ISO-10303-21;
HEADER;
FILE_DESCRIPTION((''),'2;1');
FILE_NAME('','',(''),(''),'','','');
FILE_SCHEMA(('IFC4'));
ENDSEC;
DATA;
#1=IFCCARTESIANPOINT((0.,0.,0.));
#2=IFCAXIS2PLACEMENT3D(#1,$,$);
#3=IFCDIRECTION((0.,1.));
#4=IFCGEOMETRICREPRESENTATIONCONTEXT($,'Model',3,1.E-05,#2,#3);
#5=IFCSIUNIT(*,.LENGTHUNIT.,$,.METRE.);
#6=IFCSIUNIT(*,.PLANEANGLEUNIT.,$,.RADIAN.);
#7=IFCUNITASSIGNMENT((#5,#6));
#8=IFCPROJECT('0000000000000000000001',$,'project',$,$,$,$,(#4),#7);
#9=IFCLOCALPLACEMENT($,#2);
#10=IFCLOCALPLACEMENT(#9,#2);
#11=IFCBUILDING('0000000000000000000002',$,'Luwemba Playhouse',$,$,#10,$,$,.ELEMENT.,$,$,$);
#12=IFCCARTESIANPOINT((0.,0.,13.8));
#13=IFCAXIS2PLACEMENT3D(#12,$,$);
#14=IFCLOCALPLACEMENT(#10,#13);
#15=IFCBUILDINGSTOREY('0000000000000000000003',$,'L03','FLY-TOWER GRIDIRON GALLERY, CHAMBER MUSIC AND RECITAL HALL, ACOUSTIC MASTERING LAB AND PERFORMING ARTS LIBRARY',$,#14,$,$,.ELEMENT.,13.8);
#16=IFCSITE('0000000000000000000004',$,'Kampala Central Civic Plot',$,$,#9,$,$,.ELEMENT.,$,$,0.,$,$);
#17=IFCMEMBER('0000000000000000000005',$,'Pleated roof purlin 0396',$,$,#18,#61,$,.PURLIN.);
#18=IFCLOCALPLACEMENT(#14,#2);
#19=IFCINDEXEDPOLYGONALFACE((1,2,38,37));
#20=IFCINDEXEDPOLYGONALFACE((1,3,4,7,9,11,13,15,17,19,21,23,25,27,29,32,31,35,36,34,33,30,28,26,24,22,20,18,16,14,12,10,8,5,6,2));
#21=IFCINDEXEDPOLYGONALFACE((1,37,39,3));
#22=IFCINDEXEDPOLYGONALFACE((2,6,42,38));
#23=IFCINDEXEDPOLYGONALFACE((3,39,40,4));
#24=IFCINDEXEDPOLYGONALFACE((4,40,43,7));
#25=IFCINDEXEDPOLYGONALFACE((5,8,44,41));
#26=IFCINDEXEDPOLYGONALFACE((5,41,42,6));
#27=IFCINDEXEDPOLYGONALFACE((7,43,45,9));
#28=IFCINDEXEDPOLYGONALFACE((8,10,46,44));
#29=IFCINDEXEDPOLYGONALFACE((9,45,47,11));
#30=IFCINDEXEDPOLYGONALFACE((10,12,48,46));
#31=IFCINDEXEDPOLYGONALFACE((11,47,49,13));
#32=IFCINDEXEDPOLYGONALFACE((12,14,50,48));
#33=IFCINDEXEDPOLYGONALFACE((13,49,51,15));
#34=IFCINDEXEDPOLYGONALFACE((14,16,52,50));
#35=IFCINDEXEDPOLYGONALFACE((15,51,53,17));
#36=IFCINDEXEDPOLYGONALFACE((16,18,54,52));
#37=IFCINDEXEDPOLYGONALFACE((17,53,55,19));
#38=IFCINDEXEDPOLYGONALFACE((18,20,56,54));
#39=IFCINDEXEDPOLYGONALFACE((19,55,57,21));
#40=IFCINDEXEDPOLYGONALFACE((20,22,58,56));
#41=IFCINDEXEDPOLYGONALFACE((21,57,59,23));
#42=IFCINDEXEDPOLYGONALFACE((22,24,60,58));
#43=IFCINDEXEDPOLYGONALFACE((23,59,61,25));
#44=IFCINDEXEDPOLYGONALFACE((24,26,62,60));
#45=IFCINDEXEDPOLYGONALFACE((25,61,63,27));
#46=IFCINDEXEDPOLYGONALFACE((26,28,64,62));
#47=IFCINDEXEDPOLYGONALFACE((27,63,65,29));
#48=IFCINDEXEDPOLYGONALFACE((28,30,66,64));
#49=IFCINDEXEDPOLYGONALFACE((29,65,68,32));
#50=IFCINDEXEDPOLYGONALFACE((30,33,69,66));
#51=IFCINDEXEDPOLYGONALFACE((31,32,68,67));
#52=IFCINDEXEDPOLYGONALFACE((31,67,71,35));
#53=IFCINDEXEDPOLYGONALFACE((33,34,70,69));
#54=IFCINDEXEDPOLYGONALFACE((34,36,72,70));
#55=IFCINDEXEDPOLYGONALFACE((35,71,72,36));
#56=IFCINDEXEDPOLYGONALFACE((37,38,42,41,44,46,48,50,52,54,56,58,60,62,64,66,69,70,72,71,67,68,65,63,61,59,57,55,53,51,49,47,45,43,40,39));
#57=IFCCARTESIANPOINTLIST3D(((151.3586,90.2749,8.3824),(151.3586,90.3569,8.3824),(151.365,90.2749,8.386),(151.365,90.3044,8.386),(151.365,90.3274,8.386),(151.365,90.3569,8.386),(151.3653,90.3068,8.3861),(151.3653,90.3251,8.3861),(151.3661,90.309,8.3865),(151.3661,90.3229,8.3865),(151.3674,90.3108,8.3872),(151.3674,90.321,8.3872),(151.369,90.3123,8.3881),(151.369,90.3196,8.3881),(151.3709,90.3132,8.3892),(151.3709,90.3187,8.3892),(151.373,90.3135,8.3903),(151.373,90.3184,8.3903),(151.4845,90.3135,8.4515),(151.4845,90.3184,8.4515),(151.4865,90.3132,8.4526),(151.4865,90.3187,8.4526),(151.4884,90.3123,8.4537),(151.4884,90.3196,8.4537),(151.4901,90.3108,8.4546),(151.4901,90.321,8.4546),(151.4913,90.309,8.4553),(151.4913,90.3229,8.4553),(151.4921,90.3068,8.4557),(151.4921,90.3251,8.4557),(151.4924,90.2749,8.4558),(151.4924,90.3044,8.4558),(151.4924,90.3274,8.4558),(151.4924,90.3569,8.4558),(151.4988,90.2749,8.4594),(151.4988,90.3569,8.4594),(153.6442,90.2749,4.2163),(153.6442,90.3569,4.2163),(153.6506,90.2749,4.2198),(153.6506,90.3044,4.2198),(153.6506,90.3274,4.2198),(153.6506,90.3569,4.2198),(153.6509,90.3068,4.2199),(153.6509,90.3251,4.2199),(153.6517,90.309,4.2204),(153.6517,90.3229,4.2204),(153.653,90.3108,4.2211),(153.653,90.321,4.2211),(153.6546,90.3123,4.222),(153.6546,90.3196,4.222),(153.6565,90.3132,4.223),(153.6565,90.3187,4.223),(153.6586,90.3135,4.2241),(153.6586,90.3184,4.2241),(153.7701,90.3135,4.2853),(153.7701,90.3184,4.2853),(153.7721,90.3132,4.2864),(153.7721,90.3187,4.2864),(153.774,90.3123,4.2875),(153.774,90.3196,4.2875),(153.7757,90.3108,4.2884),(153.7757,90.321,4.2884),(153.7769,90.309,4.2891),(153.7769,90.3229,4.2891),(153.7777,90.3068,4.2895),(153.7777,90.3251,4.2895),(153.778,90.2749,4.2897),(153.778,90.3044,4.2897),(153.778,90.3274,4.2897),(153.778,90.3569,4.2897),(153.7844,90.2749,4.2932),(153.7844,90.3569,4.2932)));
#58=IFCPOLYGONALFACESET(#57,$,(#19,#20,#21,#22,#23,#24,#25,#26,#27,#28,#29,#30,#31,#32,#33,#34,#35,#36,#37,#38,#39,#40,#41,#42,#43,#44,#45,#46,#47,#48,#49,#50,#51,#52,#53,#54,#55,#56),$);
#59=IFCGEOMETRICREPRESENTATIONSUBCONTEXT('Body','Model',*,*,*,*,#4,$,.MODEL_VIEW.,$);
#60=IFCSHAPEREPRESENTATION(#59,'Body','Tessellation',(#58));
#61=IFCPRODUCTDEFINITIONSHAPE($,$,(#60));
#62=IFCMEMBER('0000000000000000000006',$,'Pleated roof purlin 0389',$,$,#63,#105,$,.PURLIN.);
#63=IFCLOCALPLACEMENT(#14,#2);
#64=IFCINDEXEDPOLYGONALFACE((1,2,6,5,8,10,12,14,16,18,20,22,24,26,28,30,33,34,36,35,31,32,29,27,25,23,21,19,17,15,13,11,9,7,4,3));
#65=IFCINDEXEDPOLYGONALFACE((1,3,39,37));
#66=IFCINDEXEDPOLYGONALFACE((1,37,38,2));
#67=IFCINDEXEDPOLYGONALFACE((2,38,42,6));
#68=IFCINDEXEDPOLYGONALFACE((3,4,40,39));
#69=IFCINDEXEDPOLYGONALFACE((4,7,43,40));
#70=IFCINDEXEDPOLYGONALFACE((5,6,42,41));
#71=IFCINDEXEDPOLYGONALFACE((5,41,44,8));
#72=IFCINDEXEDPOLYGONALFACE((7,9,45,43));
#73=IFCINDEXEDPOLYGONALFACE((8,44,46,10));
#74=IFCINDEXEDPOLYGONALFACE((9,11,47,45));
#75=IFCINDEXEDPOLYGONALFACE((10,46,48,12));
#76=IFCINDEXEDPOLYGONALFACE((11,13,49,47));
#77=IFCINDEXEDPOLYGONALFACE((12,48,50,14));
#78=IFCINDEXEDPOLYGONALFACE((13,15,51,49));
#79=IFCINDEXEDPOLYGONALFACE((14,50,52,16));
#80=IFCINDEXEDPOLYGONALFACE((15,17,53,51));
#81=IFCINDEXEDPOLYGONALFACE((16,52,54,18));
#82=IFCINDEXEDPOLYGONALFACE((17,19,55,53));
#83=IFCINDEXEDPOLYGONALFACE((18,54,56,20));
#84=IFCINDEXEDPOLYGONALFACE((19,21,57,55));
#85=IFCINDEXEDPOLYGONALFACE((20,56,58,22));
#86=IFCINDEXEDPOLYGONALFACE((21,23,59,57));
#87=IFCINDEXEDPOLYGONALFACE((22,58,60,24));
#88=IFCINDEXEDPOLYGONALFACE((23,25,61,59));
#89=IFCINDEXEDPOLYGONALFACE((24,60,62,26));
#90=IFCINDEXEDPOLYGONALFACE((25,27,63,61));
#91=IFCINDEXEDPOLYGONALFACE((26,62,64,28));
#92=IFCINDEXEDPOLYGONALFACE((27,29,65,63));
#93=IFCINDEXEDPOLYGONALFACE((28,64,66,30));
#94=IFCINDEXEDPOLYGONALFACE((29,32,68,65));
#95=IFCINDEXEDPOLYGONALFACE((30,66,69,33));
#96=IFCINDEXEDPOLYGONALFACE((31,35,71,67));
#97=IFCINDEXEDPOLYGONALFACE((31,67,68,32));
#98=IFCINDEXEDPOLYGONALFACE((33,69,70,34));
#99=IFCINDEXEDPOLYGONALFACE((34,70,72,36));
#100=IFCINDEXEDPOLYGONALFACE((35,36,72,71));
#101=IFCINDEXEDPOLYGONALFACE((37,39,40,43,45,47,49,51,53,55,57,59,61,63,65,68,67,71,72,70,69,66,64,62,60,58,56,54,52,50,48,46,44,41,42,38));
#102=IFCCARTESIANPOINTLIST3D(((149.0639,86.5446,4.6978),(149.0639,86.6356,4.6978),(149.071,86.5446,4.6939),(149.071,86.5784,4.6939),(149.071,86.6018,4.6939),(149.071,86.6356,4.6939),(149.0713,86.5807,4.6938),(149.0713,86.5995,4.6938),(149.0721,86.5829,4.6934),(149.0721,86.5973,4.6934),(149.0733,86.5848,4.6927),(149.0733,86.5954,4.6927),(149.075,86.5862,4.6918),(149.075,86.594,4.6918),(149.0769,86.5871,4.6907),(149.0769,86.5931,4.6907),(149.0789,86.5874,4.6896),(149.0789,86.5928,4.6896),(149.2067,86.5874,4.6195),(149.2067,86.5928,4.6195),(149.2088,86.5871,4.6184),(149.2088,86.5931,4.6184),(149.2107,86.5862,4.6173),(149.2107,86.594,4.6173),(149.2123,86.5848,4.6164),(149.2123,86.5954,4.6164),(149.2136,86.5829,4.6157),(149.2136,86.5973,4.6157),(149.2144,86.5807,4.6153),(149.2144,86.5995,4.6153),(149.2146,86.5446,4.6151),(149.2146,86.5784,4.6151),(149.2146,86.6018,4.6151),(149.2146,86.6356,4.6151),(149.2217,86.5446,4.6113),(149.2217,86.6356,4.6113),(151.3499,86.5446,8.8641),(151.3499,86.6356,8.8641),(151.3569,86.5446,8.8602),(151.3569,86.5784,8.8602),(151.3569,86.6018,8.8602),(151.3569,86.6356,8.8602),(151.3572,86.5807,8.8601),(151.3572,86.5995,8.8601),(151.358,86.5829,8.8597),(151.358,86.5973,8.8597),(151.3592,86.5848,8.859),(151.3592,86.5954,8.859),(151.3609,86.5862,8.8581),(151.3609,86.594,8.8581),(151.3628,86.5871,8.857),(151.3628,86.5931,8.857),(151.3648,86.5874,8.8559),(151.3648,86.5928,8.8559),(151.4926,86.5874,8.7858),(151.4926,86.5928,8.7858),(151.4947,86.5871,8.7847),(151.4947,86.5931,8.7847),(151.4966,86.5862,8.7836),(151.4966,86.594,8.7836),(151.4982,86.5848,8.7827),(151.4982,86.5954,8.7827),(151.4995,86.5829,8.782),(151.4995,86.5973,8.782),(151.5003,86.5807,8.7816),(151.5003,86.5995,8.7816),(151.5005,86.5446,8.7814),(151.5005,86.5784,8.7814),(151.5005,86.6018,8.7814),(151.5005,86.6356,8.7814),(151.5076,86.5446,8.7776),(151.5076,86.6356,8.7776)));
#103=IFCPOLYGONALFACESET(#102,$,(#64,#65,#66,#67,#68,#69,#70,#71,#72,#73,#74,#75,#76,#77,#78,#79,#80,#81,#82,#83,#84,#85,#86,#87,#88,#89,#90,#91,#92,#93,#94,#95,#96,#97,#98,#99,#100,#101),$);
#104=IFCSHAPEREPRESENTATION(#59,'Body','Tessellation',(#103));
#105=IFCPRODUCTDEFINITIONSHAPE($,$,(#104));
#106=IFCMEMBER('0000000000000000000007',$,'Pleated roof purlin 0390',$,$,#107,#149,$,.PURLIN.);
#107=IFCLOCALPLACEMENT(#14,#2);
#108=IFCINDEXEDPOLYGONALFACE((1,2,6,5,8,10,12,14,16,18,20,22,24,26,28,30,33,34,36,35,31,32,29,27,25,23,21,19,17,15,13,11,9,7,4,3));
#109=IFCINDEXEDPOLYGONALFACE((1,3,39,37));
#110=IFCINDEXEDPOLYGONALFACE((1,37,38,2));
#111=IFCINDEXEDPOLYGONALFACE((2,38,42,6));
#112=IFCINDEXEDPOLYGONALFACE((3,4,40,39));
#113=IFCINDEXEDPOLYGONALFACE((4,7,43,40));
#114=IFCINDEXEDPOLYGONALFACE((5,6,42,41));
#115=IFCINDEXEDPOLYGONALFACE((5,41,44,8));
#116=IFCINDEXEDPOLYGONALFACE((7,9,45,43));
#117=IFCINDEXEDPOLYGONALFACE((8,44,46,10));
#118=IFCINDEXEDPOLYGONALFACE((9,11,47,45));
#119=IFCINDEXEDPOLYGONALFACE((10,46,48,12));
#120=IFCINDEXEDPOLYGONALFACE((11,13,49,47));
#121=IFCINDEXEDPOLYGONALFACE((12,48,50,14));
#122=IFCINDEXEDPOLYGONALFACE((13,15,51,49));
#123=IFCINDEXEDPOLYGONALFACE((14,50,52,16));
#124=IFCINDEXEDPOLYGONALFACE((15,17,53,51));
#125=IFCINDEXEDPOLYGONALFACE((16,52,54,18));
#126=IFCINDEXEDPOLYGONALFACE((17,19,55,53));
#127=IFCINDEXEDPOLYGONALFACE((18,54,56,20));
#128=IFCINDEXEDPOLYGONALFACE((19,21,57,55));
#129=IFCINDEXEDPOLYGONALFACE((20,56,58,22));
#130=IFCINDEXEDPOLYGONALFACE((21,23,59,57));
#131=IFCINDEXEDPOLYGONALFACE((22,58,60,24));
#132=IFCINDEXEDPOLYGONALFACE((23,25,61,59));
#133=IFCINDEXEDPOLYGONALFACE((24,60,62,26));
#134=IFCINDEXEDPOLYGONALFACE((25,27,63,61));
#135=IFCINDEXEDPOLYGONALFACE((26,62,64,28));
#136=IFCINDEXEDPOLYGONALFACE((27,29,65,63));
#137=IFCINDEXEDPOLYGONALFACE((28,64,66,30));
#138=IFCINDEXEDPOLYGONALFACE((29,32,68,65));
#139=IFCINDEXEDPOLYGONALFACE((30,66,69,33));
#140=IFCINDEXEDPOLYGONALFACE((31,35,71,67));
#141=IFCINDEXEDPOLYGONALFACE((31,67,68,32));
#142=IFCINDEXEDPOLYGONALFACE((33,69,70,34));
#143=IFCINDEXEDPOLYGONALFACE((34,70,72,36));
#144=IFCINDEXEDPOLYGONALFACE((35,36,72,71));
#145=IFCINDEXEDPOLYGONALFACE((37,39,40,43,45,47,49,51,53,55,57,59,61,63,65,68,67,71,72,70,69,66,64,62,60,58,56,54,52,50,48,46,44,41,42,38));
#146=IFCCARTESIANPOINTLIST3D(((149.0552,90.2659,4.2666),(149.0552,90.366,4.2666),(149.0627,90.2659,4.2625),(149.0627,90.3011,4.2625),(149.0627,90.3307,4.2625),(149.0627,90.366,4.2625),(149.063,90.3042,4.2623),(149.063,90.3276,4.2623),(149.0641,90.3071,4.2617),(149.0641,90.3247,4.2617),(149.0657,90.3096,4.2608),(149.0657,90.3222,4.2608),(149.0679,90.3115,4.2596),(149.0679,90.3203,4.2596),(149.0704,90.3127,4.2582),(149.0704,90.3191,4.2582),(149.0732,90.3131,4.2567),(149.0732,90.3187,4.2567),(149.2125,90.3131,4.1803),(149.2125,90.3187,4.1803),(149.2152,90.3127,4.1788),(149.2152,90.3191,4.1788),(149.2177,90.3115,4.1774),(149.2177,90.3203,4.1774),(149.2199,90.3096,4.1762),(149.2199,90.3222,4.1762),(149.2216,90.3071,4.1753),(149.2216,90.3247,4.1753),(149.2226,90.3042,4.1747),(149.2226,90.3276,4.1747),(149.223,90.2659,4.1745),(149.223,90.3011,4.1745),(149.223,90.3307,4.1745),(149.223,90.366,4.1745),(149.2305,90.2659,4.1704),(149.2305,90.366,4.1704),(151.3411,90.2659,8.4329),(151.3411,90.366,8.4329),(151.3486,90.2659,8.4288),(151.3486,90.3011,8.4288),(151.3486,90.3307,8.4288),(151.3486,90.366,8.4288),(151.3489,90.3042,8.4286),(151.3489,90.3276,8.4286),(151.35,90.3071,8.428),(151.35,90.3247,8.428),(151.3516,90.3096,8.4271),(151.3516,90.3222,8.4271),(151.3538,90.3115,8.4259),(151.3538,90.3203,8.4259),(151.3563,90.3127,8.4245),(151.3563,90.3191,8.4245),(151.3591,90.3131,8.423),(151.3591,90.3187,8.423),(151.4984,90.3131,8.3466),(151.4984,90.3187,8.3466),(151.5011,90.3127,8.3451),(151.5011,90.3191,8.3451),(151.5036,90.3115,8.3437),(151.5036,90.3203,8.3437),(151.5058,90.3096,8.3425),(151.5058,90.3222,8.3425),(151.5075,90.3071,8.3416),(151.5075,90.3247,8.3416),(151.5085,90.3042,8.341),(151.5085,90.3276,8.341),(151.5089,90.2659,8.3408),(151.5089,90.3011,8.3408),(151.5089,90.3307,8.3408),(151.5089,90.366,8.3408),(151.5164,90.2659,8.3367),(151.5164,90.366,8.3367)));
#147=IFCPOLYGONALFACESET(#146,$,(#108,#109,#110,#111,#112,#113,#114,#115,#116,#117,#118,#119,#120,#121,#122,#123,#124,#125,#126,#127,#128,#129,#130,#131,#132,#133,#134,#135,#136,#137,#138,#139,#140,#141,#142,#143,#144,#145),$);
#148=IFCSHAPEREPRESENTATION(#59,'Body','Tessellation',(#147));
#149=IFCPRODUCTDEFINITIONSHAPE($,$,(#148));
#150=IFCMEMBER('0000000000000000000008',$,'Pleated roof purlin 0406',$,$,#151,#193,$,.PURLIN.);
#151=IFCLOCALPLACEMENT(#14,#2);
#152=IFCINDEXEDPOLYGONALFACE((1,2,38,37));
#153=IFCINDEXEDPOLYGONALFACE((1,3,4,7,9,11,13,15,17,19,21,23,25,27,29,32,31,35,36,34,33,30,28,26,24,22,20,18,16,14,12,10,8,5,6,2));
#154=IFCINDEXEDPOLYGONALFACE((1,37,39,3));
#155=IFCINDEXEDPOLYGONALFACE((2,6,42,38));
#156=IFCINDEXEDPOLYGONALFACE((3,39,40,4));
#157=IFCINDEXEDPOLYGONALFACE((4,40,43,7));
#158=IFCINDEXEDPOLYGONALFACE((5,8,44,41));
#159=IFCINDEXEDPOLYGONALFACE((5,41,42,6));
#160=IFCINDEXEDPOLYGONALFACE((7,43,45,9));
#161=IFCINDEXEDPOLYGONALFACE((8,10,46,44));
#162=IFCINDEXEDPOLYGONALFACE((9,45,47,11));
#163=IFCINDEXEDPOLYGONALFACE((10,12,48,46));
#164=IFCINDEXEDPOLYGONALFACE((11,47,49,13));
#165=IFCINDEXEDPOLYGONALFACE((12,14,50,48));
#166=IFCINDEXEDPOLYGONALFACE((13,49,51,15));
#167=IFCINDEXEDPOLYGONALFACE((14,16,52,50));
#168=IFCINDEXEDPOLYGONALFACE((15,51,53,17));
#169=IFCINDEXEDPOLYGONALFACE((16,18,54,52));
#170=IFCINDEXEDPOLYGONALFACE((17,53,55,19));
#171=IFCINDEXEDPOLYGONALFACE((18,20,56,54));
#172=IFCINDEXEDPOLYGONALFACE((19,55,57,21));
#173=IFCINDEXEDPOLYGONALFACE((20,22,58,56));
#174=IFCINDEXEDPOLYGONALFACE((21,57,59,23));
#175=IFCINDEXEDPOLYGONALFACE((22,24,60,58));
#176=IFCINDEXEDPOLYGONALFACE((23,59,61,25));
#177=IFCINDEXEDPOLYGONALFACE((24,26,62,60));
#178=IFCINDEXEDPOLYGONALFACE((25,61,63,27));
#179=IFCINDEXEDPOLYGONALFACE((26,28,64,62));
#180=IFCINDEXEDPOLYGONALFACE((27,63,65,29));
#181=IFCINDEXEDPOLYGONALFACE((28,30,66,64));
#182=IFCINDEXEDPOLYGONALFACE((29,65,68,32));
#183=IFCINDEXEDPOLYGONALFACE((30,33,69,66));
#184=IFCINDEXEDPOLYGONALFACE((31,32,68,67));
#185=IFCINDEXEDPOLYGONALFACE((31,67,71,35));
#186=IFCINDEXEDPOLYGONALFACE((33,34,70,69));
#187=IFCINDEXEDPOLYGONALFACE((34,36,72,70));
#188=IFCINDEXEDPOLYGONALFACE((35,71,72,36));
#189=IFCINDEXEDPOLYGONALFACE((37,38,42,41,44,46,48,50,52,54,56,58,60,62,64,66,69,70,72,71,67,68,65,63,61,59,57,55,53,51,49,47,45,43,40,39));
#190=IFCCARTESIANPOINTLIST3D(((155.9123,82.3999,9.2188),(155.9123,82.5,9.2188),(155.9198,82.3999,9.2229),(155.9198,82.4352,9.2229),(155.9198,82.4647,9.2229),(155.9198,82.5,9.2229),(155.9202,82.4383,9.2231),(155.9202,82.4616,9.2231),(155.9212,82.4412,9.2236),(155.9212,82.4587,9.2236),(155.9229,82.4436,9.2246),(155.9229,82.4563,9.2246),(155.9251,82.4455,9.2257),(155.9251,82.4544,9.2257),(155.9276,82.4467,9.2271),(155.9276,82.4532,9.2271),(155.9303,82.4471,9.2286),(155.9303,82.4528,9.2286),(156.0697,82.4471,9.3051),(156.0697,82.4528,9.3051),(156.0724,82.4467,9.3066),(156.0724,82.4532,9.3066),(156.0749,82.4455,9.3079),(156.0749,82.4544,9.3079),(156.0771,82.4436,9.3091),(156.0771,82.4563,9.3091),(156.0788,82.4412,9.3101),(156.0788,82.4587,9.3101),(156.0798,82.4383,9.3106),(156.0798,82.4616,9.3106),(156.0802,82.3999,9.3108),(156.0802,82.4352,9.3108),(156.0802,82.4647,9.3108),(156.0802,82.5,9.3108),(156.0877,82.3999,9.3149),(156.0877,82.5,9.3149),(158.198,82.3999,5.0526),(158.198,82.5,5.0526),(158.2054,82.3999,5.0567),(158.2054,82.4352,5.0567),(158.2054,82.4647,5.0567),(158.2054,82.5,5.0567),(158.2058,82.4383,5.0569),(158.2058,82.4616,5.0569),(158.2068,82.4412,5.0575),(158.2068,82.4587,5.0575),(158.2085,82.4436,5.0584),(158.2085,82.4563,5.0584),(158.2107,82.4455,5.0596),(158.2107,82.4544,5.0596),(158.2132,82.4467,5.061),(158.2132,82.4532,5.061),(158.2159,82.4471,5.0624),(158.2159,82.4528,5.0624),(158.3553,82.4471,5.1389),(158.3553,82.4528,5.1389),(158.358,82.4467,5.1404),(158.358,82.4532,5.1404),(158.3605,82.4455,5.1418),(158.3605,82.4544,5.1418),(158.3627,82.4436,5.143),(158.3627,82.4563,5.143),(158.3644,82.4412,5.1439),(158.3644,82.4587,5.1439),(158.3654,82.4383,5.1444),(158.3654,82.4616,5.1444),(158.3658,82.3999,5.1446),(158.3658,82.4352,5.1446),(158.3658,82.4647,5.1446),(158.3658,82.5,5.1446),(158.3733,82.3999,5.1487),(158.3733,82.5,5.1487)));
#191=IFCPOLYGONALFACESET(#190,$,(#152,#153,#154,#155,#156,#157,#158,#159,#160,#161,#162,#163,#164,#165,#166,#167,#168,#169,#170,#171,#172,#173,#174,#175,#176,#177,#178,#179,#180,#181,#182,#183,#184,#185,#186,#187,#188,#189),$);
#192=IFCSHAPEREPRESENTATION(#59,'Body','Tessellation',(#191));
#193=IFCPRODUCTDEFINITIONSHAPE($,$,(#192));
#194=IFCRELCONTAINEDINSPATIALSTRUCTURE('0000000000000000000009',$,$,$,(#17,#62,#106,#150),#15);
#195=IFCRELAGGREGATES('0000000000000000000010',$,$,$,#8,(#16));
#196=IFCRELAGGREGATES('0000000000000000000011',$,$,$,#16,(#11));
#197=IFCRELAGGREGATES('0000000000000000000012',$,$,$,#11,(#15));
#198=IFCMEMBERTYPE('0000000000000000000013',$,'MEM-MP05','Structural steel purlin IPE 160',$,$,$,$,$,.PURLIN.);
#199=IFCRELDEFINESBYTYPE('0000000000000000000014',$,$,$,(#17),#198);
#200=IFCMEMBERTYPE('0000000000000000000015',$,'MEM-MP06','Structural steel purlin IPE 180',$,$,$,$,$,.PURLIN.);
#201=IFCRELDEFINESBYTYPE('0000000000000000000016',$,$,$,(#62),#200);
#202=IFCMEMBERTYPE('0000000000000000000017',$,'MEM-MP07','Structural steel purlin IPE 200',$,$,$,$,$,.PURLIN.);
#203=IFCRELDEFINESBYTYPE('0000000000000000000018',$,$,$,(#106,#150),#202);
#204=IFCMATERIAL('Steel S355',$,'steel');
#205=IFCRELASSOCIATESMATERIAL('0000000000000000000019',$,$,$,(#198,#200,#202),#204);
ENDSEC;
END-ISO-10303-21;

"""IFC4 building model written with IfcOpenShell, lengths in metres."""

from ifc_helpers import new_model, si_unit, direction, frame, origin, origin_2d, place, context, subcontext, project, spatial, i_section, extrude, material, material_profile, profile_set, type_object, element, save


model = new_model("IFC4")

# Units and contexts
model_context = context("Model", 3, precision=1e-05, world=origin(), true_north=direction((0.0, 1.0)))
body_context = subcontext(model_context, "Body", "Model", "MODEL_VIEW")
ifc_project = project(units=[si_unit("LENGTHUNIT", "METRE"), si_unit("PLANEANGLEUNIT", "RADIAN")], contexts=[model_context])

# Site, building, storey
site_placement = place(None, origin())
site = spatial("IfcSite", under=ifc_project, at=site_placement, Name="Kampala Central Civic Plot", CompositionType="ELEMENT", RefElevation=0.0)
building_placement = place(site_placement, origin())
building = spatial("IfcBuilding", under=site, at=building_placement, Name="Luwemba Playhouse", CompositionType="ELEMENT")
storey_placement = place(building_placement, frame((0.0, 0.0, 13.8)))
storey = spatial("IfcBuildingStorey", under=building, at=storey_placement, Name="L03", Description="FLY-TOWER GRIDIRON GALLERY, CHAMBER MUSIC AND RECITAL HALL, ACOUSTIC MASTERING LAB AND PERFORMING ARTS LIBRARY", CompositionType="ELEMENT", Elevation=13.8)

# Shared definitions
ifc_material_1 = material(Name="Steel S355", Category="steel")

# Members
ifc_material_profile_1 = material_profile(ifc_material_1, i_section(OverallWidth=0.082, OverallDepth=0.1599, WebThickness=0.0049, FlangeThickness=0.0073, FilletRadius=0.009, at=origin_2d()))
ifc_profile_set_1 = profile_set([ifc_material_profile_1], Name="Steel S355")
member_type_1 = type_object("IfcMemberType", Name="MEM-MP05", Description="Structural steel purlin IPE 160", PredefinedType="PURLIN", material=ifc_profile_set_1)
member_1_placement = place(storey_placement, frame((151.4287, 90.3159, 8.4209), z_axis=(0.480982, 0.0, -0.876731), x_axis=(0.0, 1.0, 0.0)))
element("IfcMember", 1, at=member_1_placement, inside=storey, type_object=member_type_1, Name="Pleated roof purlin 0396", PredefinedType="PURLIN", context=body_context, shape_type="SweptSolid", body=[
    extrude(i_section(OverallWidth=0.082, OverallDepth=0.1599, WebThickness=0.0049, FlangeThickness=0.0073, FilletRadius=0.009, at=origin_2d()), origin(), (0.0, 0.0, 1.0), 4.752),
])
ifc_material_profile_2 = material_profile(ifc_material_1, i_section(OverallWidth=0.0911, OverallDepth=0.1799, WebThickness=0.0054, FlangeThickness=0.0081, FilletRadius=0.009, at=origin_2d()))
ifc_profile_set_2 = profile_set([ifc_material_profile_2], Name="Steel S355")
member_type_2 = type_object("IfcMemberType", Name="MEM-MP06", Description="Structural steel purlin IPE 180", PredefinedType="PURLIN", material=ifc_profile_set_2)
member_2_placement = place(storey_placement, frame((149.1428, 86.5901, 4.6545), z_axis=(0.481021, 0.0, 0.876709), x_axis=(0.0, 1.0, 0.0)))
element("IfcMember", 2, at=member_2_placement, inside=storey, type_object=member_type_2, Name="Pleated roof purlin 0389", PredefinedType="PURLIN", context=body_context, shape_type="SweptSolid", body=[
    extrude(i_section(OverallWidth=0.0911, OverallDepth=0.1799, WebThickness=0.0054, FlangeThickness=0.0081, FilletRadius=0.009, at=origin_2d()), origin(), (0.0, 0.0, 1.0), 4.7522),
])
ifc_material_profile_3 = material_profile(ifc_material_1, i_section(OverallWidth=0.1001, OverallDepth=0.2, WebThickness=0.0056, FlangeThickness=0.0085, FilletRadius=0.012, at=origin_2d()))
ifc_profile_set_3 = profile_set([ifc_material_profile_3], Name="Steel S355")
member_type_3 = type_object("IfcMemberType", Name="MEM-MP07", Description="Structural steel purlin IPE 200", PredefinedType="PURLIN", material=ifc_profile_set_3)
member_3_placement = place(storey_placement, frame((149.1428, 90.3159, 4.2185), z_axis=(0.481021, 0.0, 0.876709), x_axis=(0.0, 1.0, 0.0)))
element("IfcMember", 3, at=member_3_placement, inside=storey, type_object=member_type_3, Name="Pleated roof purlin 0390", PredefinedType="PURLIN", context=body_context, shape_type="SweptSolid", body=[
    extrude(i_section(OverallWidth=0.1001, OverallDepth=0.2, WebThickness=0.0056, FlangeThickness=0.0085, FilletRadius=0.012, at=origin_2d()), origin(), (0.0, 0.0, 1.0), 4.7522),
])
member_4_placement = place(storey_placement, frame((156.0, 82.45, 9.2668), z_axis=(0.480982, 0.0, -0.876731), x_axis=(0.0, 1.0, 0.0)))
element("IfcMember", 4, at=member_4_placement, inside=storey, type_object=member_type_3, Name="Pleated roof purlin 0406", PredefinedType="PURLIN", context=body_context, shape_type="SweptSolid", body=[
    extrude(i_section(OverallWidth=0.1001, OverallDepth=0.2, WebThickness=0.0056, FlangeThickness=0.0085, FilletRadius=0.012, at=origin_2d()), origin(), (0.0, 0.0, 1.0), 4.752),
])

save(model, "model.ifc")
